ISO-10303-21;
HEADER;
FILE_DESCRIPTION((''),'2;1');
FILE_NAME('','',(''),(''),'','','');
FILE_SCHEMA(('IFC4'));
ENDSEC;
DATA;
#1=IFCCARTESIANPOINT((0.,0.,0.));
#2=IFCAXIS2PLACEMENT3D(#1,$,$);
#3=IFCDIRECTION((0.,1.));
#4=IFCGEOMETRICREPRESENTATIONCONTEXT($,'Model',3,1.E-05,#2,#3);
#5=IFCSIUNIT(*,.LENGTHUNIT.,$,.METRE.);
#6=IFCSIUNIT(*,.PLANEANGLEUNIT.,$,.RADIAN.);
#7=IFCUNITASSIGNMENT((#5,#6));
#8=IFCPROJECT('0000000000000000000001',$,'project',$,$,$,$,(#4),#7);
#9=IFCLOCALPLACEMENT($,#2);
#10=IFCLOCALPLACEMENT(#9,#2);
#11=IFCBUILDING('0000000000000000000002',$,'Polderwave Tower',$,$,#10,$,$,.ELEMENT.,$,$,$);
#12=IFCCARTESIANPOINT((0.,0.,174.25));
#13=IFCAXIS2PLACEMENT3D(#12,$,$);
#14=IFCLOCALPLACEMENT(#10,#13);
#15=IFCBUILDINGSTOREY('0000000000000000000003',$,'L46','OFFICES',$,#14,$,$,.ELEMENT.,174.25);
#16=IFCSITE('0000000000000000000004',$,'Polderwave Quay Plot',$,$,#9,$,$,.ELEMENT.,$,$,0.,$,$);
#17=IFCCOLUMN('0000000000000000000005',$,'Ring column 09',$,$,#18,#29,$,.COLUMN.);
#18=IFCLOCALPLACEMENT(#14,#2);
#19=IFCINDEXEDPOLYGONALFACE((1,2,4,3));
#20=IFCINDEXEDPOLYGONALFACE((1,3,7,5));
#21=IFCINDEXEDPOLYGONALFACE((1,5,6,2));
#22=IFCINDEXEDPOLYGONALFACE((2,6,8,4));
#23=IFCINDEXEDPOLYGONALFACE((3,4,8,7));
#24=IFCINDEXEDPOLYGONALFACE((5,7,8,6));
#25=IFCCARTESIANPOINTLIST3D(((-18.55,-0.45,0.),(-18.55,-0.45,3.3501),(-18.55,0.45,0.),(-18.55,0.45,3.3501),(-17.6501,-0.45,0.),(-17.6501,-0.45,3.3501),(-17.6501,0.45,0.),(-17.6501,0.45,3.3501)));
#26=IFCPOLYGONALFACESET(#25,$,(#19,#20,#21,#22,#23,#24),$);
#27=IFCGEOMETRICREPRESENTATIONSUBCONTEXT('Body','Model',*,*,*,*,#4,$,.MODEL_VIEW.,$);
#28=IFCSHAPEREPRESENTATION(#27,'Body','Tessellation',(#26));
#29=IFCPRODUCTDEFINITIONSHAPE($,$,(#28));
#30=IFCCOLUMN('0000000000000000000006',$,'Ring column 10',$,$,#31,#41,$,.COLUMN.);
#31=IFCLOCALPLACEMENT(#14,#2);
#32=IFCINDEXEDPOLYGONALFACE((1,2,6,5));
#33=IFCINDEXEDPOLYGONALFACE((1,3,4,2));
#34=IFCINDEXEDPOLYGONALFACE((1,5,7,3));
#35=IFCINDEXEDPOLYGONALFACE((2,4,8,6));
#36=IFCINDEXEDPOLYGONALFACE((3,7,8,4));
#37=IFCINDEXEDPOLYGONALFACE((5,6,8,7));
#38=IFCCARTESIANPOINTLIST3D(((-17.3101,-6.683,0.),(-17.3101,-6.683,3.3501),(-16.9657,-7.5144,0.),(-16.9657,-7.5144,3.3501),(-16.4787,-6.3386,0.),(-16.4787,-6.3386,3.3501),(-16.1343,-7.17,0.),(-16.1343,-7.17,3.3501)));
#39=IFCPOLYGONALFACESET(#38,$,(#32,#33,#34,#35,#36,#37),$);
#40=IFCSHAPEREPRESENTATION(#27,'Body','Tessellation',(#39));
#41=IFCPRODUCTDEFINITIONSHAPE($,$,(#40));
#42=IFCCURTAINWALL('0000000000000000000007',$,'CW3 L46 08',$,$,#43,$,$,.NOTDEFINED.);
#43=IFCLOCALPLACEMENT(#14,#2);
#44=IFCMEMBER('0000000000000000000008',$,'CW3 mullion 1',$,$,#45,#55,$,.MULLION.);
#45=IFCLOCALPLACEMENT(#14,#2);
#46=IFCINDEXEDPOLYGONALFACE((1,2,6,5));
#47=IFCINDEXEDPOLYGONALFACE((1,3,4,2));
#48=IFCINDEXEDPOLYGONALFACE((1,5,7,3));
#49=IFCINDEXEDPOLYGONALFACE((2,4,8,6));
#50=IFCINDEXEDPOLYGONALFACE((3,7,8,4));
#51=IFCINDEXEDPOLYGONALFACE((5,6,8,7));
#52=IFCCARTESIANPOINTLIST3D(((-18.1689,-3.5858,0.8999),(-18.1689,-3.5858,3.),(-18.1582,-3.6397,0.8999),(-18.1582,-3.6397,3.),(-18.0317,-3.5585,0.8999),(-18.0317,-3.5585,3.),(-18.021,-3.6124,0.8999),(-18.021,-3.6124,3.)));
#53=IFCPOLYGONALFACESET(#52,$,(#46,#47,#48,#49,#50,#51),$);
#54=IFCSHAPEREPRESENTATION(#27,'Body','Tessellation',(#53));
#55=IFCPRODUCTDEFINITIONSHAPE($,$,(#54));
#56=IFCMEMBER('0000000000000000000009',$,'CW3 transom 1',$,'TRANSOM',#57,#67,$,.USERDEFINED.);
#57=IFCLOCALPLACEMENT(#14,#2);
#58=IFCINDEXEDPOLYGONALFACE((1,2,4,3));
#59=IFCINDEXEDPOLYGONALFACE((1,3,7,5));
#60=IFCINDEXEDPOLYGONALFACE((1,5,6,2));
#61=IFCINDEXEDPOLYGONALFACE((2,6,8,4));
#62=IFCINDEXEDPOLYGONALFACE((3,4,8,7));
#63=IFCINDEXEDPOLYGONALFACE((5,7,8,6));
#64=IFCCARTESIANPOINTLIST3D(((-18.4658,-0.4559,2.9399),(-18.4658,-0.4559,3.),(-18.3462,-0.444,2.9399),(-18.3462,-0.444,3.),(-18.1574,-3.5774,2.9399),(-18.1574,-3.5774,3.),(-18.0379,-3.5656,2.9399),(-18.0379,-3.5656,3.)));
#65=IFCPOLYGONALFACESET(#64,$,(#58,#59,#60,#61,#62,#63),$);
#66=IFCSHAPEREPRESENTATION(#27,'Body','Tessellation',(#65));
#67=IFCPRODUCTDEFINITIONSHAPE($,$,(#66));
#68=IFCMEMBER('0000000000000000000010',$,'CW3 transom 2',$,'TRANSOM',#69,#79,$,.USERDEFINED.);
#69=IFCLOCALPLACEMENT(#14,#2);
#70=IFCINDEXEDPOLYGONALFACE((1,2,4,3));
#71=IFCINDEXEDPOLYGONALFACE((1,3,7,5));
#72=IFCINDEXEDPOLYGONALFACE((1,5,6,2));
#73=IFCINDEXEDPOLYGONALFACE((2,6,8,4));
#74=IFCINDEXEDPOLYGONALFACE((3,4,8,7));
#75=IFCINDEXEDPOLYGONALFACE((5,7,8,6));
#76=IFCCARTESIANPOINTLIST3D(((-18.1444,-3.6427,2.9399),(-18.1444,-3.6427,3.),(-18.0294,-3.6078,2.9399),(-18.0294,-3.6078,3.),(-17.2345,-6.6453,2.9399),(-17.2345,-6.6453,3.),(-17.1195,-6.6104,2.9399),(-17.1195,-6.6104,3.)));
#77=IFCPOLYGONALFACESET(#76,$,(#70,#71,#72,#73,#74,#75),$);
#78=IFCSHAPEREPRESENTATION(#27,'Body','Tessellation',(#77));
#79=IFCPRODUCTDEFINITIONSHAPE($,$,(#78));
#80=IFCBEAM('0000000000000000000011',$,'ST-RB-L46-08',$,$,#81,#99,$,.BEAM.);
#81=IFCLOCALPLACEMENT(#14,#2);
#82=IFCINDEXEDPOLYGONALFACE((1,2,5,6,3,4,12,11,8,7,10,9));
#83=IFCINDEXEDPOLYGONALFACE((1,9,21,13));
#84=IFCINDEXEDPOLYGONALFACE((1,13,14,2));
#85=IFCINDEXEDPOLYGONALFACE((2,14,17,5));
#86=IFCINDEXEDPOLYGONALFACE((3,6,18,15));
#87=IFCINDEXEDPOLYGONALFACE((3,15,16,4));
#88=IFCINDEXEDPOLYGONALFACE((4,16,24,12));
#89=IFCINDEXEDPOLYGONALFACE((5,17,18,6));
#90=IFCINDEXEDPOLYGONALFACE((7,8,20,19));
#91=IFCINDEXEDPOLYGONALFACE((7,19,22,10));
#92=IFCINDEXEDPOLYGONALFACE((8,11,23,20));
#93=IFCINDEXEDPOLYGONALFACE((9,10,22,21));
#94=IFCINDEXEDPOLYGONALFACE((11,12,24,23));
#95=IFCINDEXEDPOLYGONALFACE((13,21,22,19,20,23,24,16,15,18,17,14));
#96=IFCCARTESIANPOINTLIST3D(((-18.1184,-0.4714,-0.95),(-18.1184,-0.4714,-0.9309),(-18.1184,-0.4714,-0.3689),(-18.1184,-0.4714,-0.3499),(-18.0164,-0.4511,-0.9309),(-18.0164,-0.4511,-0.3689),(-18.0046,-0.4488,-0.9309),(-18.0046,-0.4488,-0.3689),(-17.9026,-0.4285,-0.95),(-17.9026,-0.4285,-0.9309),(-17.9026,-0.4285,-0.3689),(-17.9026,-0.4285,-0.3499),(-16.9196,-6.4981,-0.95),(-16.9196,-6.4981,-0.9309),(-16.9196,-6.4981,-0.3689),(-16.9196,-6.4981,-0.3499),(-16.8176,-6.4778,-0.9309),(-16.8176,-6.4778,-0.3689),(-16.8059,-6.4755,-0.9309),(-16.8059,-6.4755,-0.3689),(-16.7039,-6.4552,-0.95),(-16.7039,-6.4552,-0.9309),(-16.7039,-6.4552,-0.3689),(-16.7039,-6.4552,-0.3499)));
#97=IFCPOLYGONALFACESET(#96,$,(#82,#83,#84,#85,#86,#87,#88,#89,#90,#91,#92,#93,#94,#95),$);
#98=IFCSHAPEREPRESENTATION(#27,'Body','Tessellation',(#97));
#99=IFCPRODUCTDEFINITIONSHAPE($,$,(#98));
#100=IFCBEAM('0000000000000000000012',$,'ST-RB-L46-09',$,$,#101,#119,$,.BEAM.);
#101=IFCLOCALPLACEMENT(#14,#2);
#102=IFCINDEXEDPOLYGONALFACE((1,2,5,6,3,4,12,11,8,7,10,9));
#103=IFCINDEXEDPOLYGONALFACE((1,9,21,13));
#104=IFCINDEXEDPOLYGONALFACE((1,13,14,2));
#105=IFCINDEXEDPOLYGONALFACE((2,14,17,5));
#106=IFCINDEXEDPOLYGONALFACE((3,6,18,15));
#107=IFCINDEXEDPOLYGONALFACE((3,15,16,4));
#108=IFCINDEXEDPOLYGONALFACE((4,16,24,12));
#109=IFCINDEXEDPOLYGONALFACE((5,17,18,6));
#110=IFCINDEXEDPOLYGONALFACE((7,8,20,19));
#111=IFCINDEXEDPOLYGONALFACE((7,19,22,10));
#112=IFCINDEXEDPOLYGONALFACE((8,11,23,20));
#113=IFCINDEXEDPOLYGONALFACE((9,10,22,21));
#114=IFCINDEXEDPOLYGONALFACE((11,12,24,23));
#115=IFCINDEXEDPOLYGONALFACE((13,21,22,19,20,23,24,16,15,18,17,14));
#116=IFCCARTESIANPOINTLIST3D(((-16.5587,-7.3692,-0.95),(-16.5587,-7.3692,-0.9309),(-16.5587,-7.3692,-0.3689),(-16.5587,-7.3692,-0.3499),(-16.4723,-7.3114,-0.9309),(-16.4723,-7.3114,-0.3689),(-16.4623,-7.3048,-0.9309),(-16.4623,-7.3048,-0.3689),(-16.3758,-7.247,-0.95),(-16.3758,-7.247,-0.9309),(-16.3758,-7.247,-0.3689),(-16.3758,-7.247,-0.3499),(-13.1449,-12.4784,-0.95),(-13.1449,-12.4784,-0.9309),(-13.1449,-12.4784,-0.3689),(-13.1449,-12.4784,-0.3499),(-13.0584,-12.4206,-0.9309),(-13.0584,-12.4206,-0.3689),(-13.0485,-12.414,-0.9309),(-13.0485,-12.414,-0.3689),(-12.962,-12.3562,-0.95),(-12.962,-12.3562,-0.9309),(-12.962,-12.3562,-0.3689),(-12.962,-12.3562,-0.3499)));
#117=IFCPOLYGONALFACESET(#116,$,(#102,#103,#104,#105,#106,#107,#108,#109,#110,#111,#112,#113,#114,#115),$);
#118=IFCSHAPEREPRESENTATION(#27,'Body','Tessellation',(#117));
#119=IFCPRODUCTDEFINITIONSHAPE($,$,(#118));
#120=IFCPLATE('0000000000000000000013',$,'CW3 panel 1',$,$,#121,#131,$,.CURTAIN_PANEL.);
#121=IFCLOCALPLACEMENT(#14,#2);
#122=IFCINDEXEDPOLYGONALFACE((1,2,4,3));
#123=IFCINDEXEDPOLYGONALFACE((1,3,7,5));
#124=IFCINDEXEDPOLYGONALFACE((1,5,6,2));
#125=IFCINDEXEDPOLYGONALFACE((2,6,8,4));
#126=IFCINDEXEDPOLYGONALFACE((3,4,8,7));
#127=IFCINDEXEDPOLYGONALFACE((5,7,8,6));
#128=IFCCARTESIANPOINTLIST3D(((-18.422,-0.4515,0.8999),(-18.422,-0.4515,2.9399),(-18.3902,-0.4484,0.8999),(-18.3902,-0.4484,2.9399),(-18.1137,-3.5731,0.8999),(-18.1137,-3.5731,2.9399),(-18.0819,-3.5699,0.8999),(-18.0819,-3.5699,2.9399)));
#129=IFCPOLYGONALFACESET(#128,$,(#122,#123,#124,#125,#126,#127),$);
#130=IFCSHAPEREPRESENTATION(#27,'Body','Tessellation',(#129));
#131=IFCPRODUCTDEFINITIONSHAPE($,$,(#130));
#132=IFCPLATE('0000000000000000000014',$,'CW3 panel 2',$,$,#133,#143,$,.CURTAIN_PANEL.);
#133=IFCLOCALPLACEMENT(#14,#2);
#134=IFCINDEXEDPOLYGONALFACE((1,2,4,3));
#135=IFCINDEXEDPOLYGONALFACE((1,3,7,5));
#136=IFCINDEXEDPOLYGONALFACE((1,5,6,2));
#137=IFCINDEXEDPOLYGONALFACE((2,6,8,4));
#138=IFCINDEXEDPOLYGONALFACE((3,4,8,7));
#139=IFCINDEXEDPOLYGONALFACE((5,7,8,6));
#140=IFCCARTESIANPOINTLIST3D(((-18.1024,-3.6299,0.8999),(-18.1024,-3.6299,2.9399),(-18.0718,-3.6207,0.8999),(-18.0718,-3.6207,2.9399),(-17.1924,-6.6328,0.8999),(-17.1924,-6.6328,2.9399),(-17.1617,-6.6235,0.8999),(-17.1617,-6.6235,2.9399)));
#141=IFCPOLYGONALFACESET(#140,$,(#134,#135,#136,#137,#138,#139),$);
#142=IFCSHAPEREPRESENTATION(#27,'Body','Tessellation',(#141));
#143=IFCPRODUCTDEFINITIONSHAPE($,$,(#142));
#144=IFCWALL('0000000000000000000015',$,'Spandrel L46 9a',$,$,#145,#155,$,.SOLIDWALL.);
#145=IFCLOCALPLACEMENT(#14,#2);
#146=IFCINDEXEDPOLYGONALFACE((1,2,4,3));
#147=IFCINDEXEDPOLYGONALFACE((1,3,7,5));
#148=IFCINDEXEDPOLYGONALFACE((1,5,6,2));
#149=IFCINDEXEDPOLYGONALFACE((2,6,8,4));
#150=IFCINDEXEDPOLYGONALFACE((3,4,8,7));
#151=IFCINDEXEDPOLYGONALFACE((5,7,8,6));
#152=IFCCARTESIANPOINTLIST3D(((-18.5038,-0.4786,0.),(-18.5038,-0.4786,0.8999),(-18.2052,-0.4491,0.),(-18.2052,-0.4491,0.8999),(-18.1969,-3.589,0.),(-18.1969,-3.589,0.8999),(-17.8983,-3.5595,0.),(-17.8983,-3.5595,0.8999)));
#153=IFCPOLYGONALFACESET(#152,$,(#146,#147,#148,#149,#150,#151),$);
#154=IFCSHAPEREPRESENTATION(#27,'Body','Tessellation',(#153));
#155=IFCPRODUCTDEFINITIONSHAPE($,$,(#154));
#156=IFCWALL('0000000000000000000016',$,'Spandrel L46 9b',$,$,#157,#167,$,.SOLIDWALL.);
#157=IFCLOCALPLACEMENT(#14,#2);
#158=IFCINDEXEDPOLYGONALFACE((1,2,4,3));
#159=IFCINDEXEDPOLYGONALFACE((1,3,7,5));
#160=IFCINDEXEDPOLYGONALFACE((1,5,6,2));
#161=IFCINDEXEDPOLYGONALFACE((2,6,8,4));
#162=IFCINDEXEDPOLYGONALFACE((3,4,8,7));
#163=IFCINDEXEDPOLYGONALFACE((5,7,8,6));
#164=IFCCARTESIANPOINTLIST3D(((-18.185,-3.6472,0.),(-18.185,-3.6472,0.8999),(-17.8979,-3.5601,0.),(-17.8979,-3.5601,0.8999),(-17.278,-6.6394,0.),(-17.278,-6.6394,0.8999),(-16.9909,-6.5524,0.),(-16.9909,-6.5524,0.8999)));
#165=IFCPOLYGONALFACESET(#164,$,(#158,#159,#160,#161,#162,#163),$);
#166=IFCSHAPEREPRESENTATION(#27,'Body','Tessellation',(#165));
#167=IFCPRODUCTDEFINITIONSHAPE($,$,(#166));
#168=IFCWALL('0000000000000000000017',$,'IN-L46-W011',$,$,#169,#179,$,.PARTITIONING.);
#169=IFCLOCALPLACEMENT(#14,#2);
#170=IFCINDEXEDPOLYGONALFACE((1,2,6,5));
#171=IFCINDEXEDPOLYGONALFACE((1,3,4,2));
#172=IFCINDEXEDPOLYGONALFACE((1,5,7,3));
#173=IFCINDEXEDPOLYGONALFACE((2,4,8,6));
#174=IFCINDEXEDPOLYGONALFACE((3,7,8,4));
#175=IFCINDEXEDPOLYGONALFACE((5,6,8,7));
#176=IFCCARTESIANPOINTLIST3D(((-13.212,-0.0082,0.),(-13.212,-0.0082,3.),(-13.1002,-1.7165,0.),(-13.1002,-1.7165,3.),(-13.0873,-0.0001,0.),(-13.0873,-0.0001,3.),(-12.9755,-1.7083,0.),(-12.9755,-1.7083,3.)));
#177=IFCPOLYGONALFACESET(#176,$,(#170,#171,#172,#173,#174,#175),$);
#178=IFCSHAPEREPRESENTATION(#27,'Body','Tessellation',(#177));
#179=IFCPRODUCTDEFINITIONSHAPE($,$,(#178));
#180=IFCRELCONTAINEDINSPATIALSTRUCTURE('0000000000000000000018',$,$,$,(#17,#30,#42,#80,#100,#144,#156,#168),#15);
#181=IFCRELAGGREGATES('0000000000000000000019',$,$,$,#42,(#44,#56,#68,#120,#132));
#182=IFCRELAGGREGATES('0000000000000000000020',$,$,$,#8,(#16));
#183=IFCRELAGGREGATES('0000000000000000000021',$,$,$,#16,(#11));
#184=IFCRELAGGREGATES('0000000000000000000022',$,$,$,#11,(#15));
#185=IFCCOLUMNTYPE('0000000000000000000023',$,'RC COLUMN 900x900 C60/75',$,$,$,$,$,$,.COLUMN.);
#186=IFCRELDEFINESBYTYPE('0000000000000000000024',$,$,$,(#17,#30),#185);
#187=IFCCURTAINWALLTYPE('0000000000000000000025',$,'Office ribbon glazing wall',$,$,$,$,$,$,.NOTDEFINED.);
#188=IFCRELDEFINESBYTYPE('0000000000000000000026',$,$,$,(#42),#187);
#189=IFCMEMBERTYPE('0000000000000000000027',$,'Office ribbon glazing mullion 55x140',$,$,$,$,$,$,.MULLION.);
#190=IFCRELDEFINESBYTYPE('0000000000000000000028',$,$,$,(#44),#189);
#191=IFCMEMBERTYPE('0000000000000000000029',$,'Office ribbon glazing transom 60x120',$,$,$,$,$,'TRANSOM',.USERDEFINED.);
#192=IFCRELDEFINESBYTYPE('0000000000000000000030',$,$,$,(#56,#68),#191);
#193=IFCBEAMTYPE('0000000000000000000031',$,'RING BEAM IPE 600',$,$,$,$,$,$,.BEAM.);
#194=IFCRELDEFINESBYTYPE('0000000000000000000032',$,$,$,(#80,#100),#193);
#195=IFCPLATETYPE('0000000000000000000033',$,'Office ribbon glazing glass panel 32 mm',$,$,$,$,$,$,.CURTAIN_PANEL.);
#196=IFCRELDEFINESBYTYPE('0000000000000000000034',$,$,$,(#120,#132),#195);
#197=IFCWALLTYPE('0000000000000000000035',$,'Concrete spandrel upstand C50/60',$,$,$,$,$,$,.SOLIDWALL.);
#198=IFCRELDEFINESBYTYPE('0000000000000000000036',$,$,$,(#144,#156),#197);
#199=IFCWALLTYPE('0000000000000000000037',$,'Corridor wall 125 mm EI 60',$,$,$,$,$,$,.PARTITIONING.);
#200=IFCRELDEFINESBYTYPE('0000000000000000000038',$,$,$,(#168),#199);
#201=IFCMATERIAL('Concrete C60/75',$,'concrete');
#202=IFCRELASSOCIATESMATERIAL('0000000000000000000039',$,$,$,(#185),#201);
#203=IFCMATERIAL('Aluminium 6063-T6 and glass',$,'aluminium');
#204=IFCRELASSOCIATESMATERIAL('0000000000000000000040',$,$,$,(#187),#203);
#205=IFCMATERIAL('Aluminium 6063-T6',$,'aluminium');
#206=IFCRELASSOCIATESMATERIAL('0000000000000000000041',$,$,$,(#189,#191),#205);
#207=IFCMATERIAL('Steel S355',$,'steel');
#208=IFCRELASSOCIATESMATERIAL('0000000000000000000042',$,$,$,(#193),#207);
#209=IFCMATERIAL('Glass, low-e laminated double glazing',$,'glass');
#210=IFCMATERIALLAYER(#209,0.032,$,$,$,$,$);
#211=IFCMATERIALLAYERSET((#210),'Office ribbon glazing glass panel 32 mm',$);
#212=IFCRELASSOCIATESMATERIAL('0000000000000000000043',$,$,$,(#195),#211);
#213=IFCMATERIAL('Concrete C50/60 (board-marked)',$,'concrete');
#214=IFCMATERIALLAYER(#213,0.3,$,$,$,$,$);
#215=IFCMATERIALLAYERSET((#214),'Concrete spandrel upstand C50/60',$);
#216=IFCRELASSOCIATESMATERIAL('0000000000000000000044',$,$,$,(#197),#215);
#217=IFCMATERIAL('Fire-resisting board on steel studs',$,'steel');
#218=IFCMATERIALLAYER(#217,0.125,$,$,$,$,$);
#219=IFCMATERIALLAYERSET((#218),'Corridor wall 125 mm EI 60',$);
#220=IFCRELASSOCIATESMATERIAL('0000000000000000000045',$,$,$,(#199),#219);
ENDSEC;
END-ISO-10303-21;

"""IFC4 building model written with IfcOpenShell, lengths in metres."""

from ifc_helpers import new_model, si_unit, direction, frame, frame_2d, origin, origin_2d, place, context, subcontext, project, spatial, rectangle, i_section, extrude, material, layer, layer_set, material_profile, profile_set, type_object, element, aggregate, save


model = new_model("IFC4")

# Units and contexts
model_context = context("Model", 3, precision=1e-05, world=origin(), true_north=direction((0.0, 1.0)))
body_context = subcontext(model_context, "Body", "Model", "MODEL_VIEW")
ifc_project = project(units=[si_unit("LENGTHUNIT", "METRE"), si_unit("PLANEANGLEUNIT", "RADIAN")], contexts=[model_context])

# Site, building, storey
site_placement = place(None, origin())
site = spatial("IfcSite", under=ifc_project, at=site_placement, Name="Polderwave Quay Plot", CompositionType="ELEMENT", RefElevation=0.0)
building_placement = place(site_placement, origin())
building = spatial("IfcBuilding", under=site, at=building_placement, Name="Polderwave Tower", CompositionType="ELEMENT")
storey_placement = place(building_placement, frame((0.0, 0.0, 174.25)))
storey = spatial("IfcBuildingStorey", under=building, at=storey_placement, Name="L46", Description="OFFICES", CompositionType="ELEMENT", Elevation=174.25)

# Columns
ifc_material_1 = material(Name="Concrete C60/75", Category="concrete")
ifc_material_profile_1 = material_profile(ifc_material_1, rectangle(XDim=0.8999, YDim=0.8999, at=origin_2d()), Name="RC 900x900")
ifc_profile_set_1 = profile_set([ifc_material_profile_1], Name="Concrete C60/75")
column_type = type_object("IfcColumnType", Name="RC COLUMN 900x900 C60/75", PredefinedType="COLUMN", material=ifc_profile_set_1)
for number, where, z_axis, x_axis, name in (
    (1, (-18.1001, 0.0, 0.0), (0.0, 0.0, 1.0), (-1.0, 0.0, 0.0), "Ring column 09"),
    (2, (-16.7222, -6.9265, 0.0), (0.0, 0.0, 1.0), (-0.92388, -0.382683, 0.0), "Ring column 10"),
):
    element("IfcColumn", number, at=place(storey_placement, frame(where, z_axis=z_axis, x_axis=x_axis)), inside=storey, type_object=column_type, Name=name, PredefinedType="COLUMN", context=body_context, shape_type="SweptSolid", body=[
        extrude(rectangle(XDim=0.8999, YDim=0.8999, at=origin_2d()), origin(), (0.0, 0.0, 1.0), 3.3501),
    ])

# Curtain wall, members
ifc_material_2 = material(Name="Aluminium 6063-T6 and glass", Category="aluminium")
curtain_wall_type = type_object("IfcCurtainWallType", Name="Office ribbon glazing wall", PredefinedType="NOTDEFINED", material=ifc_material_2)
curtain_wall_placement = place(storey_placement, origin())
curtain_wall = element("IfcCurtainWall", 3, at=curtain_wall_placement, inside=storey, type_object=curtain_wall_type, Name="CW3 L46 08", PredefinedType="NOTDEFINED")
ifc_material_3 = material(Name="Aluminium 6063-T6", Category="aluminium")
ifc_material_profile_2 = material_profile(ifc_material_3, rectangle(XDim=0.1399, YDim=0.0549, at=origin_2d()), Name="AL 55x140")
ifc_profile_set_2 = profile_set([ifc_material_profile_2], Name="Aluminium 6063-T6")
member_type_1 = type_object("IfcMemberType", Name="Office ribbon glazing mullion 55x140", PredefinedType="MULLION", material=ifc_profile_set_2)
member_1_placement = place(storey_placement, frame((-18.095, -3.5991, 0.8999), z_axis=(0.0, 0.0, 1.0), x_axis=(0.980784, 0.195097, 0.0)))
member_1 = element("IfcMember", 4, at=member_1_placement, type_object=member_type_1, Name="CW3 mullion 1", PredefinedType="MULLION", context=body_context, shape_type="SweptSolid", body=[
    extrude(rectangle(XDim=0.1399, YDim=0.0549, at=origin_2d()), origin(), (0.0, 0.0, 1.0), 2.1001),
])
ifc_material_profile_3 = material_profile(ifc_material_3, rectangle(XDim=0.1201, YDim=0.0601, at=origin_2d()), Name="AL 60x120")
ifc_profile_set_3 = profile_set([ifc_material_profile_3], Name="Aluminium 6063-T6")
member_type_2 = type_object("IfcMemberType", Name="Office ribbon glazing transom 60x120", ElementType="TRANSOM", PredefinedType="USERDEFINED", material=ifc_profile_set_3)
member_2_placement = place(storey_placement, frame((-18.406, -0.45, 2.97), z_axis=(0.098301, -0.995157, 0.0), x_axis=(0.995157, 0.098301, 0.0)))
member_2 = element("IfcMember", 5, at=member_2_placement, type_object=member_type_2, Name="CW3 transom 1", ObjectType="TRANSOM", PredefinedType="USERDEFINED", context=body_context, shape_type="SweptSolid", body=[
    extrude(rectangle(XDim=0.1201, YDim=0.0601, at=origin_2d()), origin(), (0.0, 0.0, 1.0), 3.1367),
])
member_3_placement = place(storey_placement, frame((-18.0869, -3.6252, 2.97), z_axis=(0.29001, -0.957024, 0.0), x_axis=(0.957024, 0.29001, 0.0)))
member_3 = element("IfcMember", 6, at=member_3_placement, type_object=member_type_2, Name="CW3 transom 2", ObjectType="TRANSOM", PredefinedType="USERDEFINED", context=body_context, shape_type="SweptSolid", body=[
    extrude(rectangle(XDim=0.1201, YDim=0.0601, at=origin_2d()), origin(), (0.0, 0.0, 1.0), 3.1375),
])

# Beams
ifc_material_4 = material(Name="Steel S355", Category="steel")
ifc_material_profile_4 = material_profile(ifc_material_4, i_section(OverallWidth=0.22, OverallDepth=0.6001, WebThickness=0.012, FlangeThickness=0.019, at=origin_2d()), Name="IPE 600")
ifc_profile_set_4 = profile_set([ifc_material_profile_4], Name="Steel S355")
beam_type = type_object("IfcBeamType", Name="RING BEAM IPE 600", PredefinedType="BEAM", material=ifc_profile_set_4)
for number, where, z_axis, x_axis, name in (
    (7, (-18.0105, -0.45, -0.6499), (0.195085, -0.980786, 0.0), (0.980786, 0.195085, 0.0), "ST-RB-L46-08"),
    (8, (-16.4673, -7.3081, -0.6499), (0.555571, -0.831469, 0.0), (0.831469, 0.555571, 0.0), "ST-RB-L46-09"),
):
    element("IfcBeam", number, at=place(storey_placement, frame(where, z_axis=z_axis, x_axis=x_axis)), inside=storey, type_object=beam_type, Name=name, PredefinedType="BEAM", context=body_context, shape_type="SweptSolid", body=[
        extrude(i_section(OverallWidth=0.22, OverallDepth=0.6001, WebThickness=0.012, FlangeThickness=0.019, at=origin_2d()), origin(), (0.0, 0.0, 1.0), 6.1448),
    ])

# Plates
ifc_material_5 = material(Name="Glass, low-e laminated double glazing", Category="glass")
ifc_layer_1 = layer(ifc_material_5, 0.032)
ifc_layer_set_1 = layer_set([ifc_layer_1], Name="Office ribbon glazing glass panel 32 mm")
plate_type = type_object("IfcPlateType", Name="Office ribbon glazing glass panel 32 mm", PredefinedType="CURTAIN_PANEL", material=ifc_layer_set_1)
plate_1_placement = place(storey_placement, frame((-18.252, -2.0107, 0.8999), z_axis=(0.0, 0.0, 1.0), x_axis=(0.098283, -0.995159, 0.0)))
plate_1 = element("IfcPlate", 9, at=plate_1_placement, type_object=plate_type, Name="CW3 panel 1", PredefinedType="CURTAIN_PANEL", context=body_context, shape_type="SweptSolid", body=[
    extrude(rectangle(XDim=3.1367, YDim=0.032, at=origin_2d()), origin(), (0.0, 0.0, 1.0), 2.04),
])
plate_2_placement = place(storey_placement, frame((-17.6321, -5.1267, 0.8999), z_axis=(0.0, 0.0, 1.0), x_axis=(0.290042, -0.957014, 0.0)))
plate_2 = element("IfcPlate", 10, at=plate_2_placement, type_object=plate_type, Name="CW3 panel 2", PredefinedType="CURTAIN_PANEL", context=body_context, shape_type="SweptSolid", body=[
    extrude(rectangle(XDim=3.1377, YDim=0.032, at=origin_2d()), origin(), (0.0, 0.0, 1.0), 2.04),
])
aggregate(curtain_wall, [member_1, member_2, member_3, plate_1, plate_2])

# Walls
ifc_material_6 = material(Name="Concrete C50/60 (board-marked)", Category="concrete")
ifc_layer_2 = layer(ifc_material_6, 0.3)
ifc_layer_set_2 = layer_set([ifc_layer_2], Name="Concrete spandrel upstand C50/60")
wall_type_1 = type_object("IfcWallType", Name="Concrete spandrel upstand C50/60", PredefinedType="SOLIDWALL", material=ifc_layer_set_2)
wall_1_placement = place(storey_placement, frame((-18.3545, -0.4639, 0.0), z_axis=(0.0, 0.0, 1.0), x_axis=(0.098189, -0.995168, 0.0)))
element("IfcWall", 11, at=wall_1_placement, inside=storey, type_object=wall_type_1, Name="Spandrel L46 9a", PredefinedType="SOLIDWALL", context=body_context, shape_type="SweptSolid", body=[
    extrude(rectangle(XDim=3.1255, YDim=0.3, at=frame_2d((1.5627, 0.0))), origin(), (0.0, 0.0, 1.0), 0.8999),
])
wall_2_placement = place(storey_placement, frame((-18.0415, -3.6035, 0.0), z_axis=(0.0, 0.0, 1.0), x_axis=(0.290083, -0.957001, 0.0)))
element("IfcWall", 12, at=wall_2_placement, inside=storey, type_object=wall_type_1, Name="Spandrel L46 9b", PredefinedType="SOLIDWALL", context=body_context, shape_type="SweptSolid", body=[
    extrude(rectangle(XDim=3.1267, YDim=0.3, at=frame_2d((1.5635, 0.0))), origin(), (0.0, 0.0, 1.0), 0.8999),
])
ifc_material_7 = material(Name="Fire-resisting board on steel studs", Category="steel")
ifc_layer_3 = layer(ifc_material_7, 0.125)
ifc_layer_set_3 = layer_set([ifc_layer_3], Name="Corridor wall 125 mm EI 60")
wall_type_2 = type_object("IfcWallType", Name="Corridor wall 125 mm EI 60", PredefinedType="PARTITIONING", material=ifc_layer_set_3)
wall_3_placement = place(storey_placement, frame((-13.0378, -1.7124, 0.0), z_axis=(0.0, 0.0, 1.0), x_axis=(-0.065317, 0.997865, 0.0)))
element("IfcWall", 13, at=wall_3_placement, inside=storey, type_object=wall_type_2, Name="IN-L46-W011", PredefinedType="PARTITIONING", context=body_context, shape_type="SweptSolid", body=[
    extrude(rectangle(XDim=1.7119, YDim=0.125, at=frame_2d((0.856, 0.0))), origin(), (0.0, 0.0, 1.0), 3.0),
])

save(model, "model.ifc")
